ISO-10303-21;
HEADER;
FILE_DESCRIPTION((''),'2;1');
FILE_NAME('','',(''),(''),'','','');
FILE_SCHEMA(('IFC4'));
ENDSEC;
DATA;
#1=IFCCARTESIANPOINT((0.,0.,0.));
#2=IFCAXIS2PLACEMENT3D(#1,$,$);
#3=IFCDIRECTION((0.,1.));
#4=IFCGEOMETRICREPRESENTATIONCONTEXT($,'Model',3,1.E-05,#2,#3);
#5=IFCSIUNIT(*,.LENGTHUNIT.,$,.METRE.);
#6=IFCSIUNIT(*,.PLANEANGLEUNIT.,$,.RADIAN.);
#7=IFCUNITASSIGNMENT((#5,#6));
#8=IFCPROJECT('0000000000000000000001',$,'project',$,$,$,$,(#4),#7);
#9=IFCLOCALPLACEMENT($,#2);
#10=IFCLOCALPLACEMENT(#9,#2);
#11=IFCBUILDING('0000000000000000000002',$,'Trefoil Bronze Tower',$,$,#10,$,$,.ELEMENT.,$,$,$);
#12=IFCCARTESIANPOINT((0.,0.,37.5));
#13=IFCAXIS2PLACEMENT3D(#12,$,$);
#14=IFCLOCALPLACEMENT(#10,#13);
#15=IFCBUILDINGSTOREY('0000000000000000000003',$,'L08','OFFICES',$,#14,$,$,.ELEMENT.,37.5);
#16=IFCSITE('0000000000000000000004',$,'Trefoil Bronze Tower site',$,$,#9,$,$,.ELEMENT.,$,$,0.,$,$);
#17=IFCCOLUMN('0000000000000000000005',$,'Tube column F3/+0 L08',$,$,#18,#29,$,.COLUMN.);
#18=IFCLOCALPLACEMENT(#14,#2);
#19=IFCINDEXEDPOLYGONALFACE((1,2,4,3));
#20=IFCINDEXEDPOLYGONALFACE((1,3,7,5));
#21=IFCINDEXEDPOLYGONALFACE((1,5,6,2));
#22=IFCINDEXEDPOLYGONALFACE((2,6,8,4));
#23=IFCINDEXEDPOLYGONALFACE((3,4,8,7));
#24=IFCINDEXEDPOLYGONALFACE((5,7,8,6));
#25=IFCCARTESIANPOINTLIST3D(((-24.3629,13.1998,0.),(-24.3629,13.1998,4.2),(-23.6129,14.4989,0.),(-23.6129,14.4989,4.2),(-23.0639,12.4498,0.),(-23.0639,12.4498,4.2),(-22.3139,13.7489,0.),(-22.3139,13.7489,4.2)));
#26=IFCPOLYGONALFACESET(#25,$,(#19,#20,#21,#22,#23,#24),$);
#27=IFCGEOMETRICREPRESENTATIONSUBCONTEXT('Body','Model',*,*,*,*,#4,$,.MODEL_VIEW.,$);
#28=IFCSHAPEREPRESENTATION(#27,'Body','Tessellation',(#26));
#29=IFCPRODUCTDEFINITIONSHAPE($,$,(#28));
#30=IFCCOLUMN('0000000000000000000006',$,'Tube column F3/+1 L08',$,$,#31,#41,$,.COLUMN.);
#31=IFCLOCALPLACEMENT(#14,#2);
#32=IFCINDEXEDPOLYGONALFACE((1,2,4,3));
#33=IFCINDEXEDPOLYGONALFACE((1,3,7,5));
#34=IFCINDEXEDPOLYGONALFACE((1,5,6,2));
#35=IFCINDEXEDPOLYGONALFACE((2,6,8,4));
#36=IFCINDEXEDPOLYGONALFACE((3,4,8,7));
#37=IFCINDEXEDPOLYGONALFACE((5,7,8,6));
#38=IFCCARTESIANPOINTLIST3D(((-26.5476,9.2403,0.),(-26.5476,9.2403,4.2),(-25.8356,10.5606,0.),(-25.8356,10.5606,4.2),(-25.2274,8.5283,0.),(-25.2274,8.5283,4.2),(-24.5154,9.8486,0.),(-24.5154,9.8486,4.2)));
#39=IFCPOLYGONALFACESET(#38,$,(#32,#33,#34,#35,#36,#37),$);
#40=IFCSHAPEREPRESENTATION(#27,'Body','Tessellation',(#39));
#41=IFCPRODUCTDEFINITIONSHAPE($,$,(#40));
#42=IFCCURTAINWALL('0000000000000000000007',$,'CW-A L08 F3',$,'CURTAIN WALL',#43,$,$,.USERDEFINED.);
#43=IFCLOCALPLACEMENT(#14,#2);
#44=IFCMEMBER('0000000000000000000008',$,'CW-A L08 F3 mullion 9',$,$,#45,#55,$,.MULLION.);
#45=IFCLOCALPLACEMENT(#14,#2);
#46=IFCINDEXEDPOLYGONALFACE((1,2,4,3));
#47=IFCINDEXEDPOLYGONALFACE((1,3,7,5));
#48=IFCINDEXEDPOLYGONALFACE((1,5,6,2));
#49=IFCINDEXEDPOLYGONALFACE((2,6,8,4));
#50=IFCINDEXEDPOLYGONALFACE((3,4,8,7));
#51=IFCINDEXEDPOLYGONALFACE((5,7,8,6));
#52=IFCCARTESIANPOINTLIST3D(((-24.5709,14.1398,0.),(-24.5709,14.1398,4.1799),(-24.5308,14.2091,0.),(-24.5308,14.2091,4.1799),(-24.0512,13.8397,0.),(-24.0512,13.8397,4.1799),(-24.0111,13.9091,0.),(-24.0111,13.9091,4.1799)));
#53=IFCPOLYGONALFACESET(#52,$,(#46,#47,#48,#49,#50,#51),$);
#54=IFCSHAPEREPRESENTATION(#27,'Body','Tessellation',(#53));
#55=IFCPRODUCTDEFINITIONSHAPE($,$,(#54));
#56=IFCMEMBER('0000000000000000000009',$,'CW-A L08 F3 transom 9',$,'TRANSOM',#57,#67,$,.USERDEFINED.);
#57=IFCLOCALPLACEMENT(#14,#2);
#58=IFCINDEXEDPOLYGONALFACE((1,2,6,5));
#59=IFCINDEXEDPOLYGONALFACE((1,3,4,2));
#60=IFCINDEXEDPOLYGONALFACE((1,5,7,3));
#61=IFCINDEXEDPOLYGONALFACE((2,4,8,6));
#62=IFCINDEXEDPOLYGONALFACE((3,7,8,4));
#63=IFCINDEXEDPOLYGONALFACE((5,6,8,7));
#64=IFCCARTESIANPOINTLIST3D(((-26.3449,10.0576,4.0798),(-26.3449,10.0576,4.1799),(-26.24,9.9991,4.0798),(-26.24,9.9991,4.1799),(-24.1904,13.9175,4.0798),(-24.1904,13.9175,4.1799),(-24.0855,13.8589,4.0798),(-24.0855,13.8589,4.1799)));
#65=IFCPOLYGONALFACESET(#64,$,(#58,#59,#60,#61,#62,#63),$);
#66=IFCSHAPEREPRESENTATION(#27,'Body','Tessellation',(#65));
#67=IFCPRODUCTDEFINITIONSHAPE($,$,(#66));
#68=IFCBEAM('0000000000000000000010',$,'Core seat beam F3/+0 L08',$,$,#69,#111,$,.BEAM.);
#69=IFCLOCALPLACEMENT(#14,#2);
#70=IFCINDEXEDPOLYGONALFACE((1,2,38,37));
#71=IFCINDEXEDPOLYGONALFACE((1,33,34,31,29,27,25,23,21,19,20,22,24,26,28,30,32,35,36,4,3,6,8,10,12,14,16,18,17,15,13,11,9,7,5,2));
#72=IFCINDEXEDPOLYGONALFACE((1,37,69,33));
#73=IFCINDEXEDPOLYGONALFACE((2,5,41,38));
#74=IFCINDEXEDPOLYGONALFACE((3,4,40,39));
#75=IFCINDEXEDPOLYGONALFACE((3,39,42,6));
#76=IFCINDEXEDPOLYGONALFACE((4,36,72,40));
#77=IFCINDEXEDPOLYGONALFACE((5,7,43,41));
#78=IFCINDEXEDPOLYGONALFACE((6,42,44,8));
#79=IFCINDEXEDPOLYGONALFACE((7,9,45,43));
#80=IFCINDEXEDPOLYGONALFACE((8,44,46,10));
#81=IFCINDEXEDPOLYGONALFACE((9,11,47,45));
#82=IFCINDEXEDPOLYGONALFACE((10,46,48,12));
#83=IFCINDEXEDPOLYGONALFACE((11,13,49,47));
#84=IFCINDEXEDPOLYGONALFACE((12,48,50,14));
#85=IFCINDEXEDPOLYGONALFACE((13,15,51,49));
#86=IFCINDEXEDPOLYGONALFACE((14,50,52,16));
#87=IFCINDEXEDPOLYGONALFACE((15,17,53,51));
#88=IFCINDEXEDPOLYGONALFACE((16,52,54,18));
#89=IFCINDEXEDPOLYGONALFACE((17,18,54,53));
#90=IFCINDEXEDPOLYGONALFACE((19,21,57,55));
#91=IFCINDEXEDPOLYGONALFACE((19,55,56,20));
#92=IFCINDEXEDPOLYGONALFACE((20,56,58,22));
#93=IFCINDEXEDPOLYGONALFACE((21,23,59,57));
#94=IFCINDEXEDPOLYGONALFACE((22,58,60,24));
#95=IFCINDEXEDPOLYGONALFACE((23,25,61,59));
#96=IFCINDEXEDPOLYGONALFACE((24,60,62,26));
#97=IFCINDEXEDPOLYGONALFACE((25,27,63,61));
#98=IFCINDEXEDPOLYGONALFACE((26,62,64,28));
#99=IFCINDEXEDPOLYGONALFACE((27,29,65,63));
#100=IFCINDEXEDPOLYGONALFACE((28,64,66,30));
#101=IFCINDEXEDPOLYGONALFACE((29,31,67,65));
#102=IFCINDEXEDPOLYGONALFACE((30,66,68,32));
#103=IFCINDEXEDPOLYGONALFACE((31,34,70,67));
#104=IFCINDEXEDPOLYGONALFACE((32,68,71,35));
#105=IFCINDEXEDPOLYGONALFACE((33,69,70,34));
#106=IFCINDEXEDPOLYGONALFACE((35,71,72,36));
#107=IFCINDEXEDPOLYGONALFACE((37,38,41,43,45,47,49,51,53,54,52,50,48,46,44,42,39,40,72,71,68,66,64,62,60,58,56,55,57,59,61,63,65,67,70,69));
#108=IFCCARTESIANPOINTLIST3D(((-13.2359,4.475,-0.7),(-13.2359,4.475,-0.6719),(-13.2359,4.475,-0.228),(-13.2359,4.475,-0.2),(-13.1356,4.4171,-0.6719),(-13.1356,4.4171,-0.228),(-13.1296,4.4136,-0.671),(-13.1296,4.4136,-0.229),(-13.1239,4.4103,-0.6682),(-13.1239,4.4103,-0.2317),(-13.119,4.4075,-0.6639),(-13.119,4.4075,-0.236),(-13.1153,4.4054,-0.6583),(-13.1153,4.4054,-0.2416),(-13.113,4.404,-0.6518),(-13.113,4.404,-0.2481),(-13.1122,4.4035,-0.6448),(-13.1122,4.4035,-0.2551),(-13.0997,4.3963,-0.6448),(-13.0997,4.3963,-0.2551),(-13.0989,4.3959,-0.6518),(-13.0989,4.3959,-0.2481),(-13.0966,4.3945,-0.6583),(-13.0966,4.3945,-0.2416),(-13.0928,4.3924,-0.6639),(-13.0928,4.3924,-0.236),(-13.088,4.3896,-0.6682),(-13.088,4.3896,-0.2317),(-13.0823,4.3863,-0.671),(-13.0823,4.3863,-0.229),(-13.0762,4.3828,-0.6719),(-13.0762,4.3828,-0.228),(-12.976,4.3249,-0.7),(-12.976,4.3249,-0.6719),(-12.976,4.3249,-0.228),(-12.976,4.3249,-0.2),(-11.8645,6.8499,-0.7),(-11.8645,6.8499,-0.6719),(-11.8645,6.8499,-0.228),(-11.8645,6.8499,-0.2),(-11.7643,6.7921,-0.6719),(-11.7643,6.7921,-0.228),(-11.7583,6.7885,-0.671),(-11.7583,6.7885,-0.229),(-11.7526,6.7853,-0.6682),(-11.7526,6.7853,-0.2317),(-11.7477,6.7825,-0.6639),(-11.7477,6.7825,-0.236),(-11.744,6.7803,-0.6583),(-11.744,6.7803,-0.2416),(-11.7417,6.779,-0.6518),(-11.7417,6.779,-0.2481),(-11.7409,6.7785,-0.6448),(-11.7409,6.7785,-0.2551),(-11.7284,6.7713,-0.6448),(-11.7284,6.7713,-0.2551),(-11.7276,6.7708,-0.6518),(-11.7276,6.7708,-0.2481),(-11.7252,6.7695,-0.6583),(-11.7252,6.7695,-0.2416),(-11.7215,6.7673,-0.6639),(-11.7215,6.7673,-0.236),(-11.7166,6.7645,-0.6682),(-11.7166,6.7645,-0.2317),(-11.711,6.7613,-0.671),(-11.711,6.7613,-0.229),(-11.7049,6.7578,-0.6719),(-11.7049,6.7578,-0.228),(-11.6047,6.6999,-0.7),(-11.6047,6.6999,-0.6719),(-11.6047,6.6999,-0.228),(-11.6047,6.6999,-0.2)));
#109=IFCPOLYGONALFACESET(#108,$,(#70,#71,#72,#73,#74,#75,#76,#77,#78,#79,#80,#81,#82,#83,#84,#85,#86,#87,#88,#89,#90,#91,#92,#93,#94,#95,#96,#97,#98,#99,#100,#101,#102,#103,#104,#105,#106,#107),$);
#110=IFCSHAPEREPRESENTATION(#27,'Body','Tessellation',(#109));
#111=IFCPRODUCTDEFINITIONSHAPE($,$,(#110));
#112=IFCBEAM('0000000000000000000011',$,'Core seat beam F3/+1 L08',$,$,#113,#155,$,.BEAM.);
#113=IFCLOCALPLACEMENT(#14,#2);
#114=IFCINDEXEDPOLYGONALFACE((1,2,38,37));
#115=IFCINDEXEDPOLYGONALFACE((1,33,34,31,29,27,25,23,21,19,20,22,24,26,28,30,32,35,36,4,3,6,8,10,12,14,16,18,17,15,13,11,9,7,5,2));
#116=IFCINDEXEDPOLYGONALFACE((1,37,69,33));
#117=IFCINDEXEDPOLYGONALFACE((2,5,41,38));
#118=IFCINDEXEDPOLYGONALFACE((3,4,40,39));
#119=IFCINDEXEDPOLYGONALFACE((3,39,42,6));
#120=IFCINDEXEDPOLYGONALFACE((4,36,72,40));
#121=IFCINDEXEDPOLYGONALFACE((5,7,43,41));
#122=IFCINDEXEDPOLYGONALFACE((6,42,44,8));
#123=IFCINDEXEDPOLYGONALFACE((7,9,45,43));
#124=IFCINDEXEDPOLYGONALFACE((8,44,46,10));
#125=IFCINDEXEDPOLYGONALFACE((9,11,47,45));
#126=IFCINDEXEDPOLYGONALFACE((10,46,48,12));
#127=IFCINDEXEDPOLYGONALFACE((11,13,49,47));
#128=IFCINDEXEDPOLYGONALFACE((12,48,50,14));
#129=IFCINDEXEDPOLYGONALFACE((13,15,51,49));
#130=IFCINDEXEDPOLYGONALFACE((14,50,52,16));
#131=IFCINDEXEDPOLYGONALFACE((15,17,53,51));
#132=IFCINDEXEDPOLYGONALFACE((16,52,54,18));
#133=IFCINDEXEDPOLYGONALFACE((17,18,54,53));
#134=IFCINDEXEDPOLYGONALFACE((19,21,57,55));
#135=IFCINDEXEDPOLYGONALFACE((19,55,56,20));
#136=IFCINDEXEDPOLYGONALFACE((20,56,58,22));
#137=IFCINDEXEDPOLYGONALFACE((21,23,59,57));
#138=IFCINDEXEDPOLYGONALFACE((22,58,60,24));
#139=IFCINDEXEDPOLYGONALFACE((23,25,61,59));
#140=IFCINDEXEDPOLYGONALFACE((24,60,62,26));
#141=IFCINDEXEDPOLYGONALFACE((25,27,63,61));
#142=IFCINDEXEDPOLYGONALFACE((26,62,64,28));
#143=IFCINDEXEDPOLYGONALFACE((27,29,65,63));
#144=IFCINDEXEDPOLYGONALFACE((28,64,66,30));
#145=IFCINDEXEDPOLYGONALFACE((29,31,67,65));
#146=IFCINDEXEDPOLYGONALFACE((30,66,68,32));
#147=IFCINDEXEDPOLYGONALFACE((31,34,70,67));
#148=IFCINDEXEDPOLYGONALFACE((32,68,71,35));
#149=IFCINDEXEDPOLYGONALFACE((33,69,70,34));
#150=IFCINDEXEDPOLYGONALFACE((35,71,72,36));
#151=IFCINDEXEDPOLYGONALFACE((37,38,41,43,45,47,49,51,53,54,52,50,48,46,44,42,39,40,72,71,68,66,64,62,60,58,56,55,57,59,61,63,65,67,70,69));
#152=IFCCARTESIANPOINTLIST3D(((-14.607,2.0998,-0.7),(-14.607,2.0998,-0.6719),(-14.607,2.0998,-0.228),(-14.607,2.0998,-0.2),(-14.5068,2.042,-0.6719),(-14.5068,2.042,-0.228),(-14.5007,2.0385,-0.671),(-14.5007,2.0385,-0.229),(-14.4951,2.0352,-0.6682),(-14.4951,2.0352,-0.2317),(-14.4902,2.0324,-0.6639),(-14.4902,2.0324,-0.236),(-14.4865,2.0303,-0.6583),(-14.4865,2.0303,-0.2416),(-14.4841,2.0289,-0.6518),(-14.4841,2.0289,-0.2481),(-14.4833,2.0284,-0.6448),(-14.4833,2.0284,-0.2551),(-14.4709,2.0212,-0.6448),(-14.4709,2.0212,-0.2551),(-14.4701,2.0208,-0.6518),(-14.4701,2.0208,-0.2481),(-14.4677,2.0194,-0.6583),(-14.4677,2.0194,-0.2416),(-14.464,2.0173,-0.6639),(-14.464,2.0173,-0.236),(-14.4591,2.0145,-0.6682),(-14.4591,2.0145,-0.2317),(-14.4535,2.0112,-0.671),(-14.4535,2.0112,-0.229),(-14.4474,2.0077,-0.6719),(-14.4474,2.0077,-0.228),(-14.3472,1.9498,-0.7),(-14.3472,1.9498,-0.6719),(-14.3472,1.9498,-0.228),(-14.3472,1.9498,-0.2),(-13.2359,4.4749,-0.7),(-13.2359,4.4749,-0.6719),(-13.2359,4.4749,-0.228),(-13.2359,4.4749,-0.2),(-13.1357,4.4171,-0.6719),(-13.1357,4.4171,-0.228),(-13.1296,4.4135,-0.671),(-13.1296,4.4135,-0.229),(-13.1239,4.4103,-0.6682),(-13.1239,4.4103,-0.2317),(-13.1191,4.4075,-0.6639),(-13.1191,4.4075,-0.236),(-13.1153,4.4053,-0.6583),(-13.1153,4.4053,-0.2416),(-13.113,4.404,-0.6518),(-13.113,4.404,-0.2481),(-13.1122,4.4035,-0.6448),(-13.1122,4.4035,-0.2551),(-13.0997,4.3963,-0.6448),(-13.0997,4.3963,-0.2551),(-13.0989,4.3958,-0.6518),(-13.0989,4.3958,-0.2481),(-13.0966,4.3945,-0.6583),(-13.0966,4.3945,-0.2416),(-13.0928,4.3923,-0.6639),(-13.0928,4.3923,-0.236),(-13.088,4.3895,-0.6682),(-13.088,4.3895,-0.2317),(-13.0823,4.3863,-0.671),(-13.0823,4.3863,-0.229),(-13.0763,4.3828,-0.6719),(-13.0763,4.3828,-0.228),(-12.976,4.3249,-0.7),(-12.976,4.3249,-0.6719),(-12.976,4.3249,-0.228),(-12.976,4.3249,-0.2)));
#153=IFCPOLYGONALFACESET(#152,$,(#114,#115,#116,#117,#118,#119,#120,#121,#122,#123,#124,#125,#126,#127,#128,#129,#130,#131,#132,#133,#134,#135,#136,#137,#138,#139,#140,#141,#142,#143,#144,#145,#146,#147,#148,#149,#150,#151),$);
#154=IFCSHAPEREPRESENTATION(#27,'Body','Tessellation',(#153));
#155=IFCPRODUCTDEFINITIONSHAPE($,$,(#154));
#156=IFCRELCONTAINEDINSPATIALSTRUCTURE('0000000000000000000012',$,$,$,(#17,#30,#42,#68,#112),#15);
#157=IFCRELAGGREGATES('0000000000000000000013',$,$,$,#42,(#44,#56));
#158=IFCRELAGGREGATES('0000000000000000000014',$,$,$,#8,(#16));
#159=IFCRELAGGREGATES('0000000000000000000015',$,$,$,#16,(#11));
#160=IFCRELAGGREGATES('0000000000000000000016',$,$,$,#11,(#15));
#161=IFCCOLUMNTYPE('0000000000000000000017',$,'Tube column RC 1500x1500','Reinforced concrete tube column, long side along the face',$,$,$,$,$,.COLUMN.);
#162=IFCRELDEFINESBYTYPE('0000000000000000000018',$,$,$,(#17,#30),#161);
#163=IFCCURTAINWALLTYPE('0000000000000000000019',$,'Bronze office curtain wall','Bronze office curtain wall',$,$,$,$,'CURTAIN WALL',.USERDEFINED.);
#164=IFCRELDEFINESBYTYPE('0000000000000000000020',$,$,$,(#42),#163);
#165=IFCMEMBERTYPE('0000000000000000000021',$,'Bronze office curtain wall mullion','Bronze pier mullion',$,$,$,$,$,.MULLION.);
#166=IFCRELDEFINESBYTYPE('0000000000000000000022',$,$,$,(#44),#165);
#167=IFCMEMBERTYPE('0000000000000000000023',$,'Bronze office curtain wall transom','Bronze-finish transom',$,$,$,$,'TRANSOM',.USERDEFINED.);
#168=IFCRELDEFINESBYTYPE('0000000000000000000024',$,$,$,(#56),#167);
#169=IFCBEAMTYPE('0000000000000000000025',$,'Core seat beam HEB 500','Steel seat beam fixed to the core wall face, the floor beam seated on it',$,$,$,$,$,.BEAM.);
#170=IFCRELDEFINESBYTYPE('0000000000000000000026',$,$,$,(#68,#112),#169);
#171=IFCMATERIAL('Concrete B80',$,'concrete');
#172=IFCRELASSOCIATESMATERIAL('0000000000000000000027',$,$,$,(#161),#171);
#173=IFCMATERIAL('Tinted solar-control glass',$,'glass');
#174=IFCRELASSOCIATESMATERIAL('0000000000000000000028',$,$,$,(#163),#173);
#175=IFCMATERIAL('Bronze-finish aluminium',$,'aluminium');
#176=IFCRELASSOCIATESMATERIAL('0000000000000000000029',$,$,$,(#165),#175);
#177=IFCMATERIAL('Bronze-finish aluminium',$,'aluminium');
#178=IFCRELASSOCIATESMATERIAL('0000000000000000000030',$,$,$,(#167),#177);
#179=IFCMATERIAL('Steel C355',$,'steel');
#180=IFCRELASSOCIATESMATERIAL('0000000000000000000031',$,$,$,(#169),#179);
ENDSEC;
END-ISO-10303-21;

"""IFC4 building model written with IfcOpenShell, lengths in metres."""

from ifc_helpers import new_model, si_unit, direction, frame, origin, origin_2d, place, context, subcontext, project, spatial, rectangle, i_section, extrude, material, material_profile, profile_set, type_object, element, aggregate, save


model = new_model("IFC4")

# Units and contexts
model_context = context("Model", 3, precision=1e-05, world=origin(), true_north=direction((0.0, 1.0)))
body_context = subcontext(model_context, "Body", "Model", "MODEL_VIEW")
ifc_project = project(units=[si_unit("LENGTHUNIT", "METRE"), si_unit("PLANEANGLEUNIT", "RADIAN")], contexts=[model_context])

# Site, building, storey
site_placement = place(None, origin())
site = spatial("IfcSite", under=ifc_project, at=site_placement, Name="Trefoil Bronze Tower site", CompositionType="ELEMENT", RefElevation=0.0)
building_placement = place(site_placement, origin())
building = spatial("IfcBuilding", under=site, at=building_placement, Name="Trefoil Bronze Tower", CompositionType="ELEMENT")
storey_placement = place(building_placement, frame((0.0, 0.0, 37.5)))
storey = spatial("IfcBuildingStorey", under=building, at=storey_placement, Name="L08", Description="OFFICES", CompositionType="ELEMENT", Elevation=37.5)

# Columns
ifc_material_1 = material(Name="Concrete B80", Category="concrete")
ifc_material_profile_1 = material_profile(ifc_material_1, rectangle(XDim=1.5, YDim=1.5, at=origin_2d()), Name="RC 1500x1500")
ifc_profile_set_1 = profile_set([ifc_material_profile_1], Name="Concrete B80")
column_type = type_object("IfcColumnType", Name="Tube column RC 1500x1500", Description="Reinforced concrete tube column, long side along the face", PredefinedType="COLUMN", material=ifc_profile_set_1)
for number, where, z_axis, x_axis, name in (
    (1, (-23.3384, 13.4744, 0.0), (0.0, 0.0, 1.0), (-0.5, -0.866025, 0.0), "Tube column F3/+0 L08"),
    (2, (-25.5315, 9.5444, 0.0), (0.0, 0.0, 1.0), (-0.474656, -0.880171, 0.0), "Tube column F3/+1 L08"),
):
    element("IfcColumn", number, at=place(storey_placement, frame(where, z_axis=z_axis, x_axis=x_axis)), inside=storey, type_object=column_type, Name=name, PredefinedType="COLUMN", context=body_context, shape_type="SweptSolid", body=[
        extrude(rectangle(XDim=1.5, YDim=1.5, at=origin_2d()), origin(), (0.0, 0.0, 1.0), 4.2),
    ])

# Curtain wall, members
ifc_material_2 = material(Name="Tinted solar-control glass", Category="glass")
curtain_wall_type = type_object("IfcCurtainWallType", Name="Bronze office curtain wall", Description="Bronze office curtain wall", ElementType="CURTAIN WALL", PredefinedType="USERDEFINED", material=ifc_material_2)
curtain_wall_placement = place(storey_placement, origin())
curtain_wall = element("IfcCurtainWall", 3, at=curtain_wall_placement, inside=storey, type_object=curtain_wall_type, Name="CW-A L08 F3", ObjectType="CURTAIN WALL", PredefinedType="USERDEFINED")
ifc_material_3 = material(Name="Bronze-finish aluminium", Category="aluminium")
ifc_material_profile_2 = material_profile(ifc_material_3, rectangle(XDim=0.6001, YDim=0.0801, at=origin_2d()), Name="CW-A mullion")
ifc_profile_set_2 = profile_set([ifc_material_profile_2], Name="Bronze-finish aluminium")
member_type_1 = type_object("IfcMemberType", Name="Bronze office curtain wall mullion", Description="Bronze pier mullion", PredefinedType="MULLION", material=ifc_profile_set_2)
member_1_placement = place(storey_placement, frame((-24.291, 14.0244, 0.0), z_axis=(0.0, 0.0, 1.0), x_axis=(0.866025, -0.5, 0.0)))
member_1 = element("IfcMember", 4, at=member_1_placement, type_object=member_type_1, Name="CW-A L08 F3 mullion 9", PredefinedType="MULLION", context=body_context, shape_type="SweptSolid", body=[
    extrude(rectangle(XDim=0.6001, YDim=0.0801, at=origin_2d()), origin(), (0.0, 0.0, 1.0), 4.1799),
])
ifc_material_4 = material(Name="Bronze-finish aluminium", Category="aluminium")
ifc_material_profile_3 = material_profile(ifc_material_4, rectangle(XDim=0.1201, YDim=0.1001, at=origin_2d()), Name="CW-A transom")
ifc_profile_set_3 = profile_set([ifc_material_profile_3], Name="Bronze-finish aluminium")
member_type_2 = type_object("IfcMemberType", Name="Bronze office curtain wall transom", Description="Bronze-finish transom", ElementType="TRANSOM", PredefinedType="USERDEFINED", material=ifc_profile_set_3)
member_2_placement = place(storey_placement, frame((-24.1379, 13.8882, 4.1299), z_axis=(-0.4874, -0.873179, 0.0), x_axis=(0.873179, -0.4874, 0.0)))
member_2 = element("IfcMember", 5, at=member_2_placement, type_object=member_type_2, Name="CW-A L08 F3 transom 9", ObjectType="TRANSOM", PredefinedType="USERDEFINED", context=body_context, shape_type="SweptSolid", body=[
    extrude(rectangle(XDim=0.1201, YDim=0.1001, at=origin_2d()), origin(), (0.0, 0.0, 1.0), 4.4204),
])

# Beams
ifc_material_5 = material(Name="Steel C355", Category="steel")
ifc_material_profile_4 = material_profile(ifc_material_5, i_section(OverallWidth=0.3, OverallDepth=0.5, WebThickness=0.0144, FlangeThickness=0.0281, FilletRadius=0.0271, at=origin_2d()), Name="HEB 500")
ifc_profile_set_4 = profile_set([ifc_material_profile_4], Name="Steel C355")
beam_type_1 = type_object("IfcBeamType", Name="Core seat beam HEB 500", Description="Steel seat beam fixed to the core wall face, the floor beam seated on it", PredefinedType="BEAM", material=ifc_profile_set_4)
for number, where, z_axis, x_axis, name in (
    (6, (-11.7346, 6.7749, -0.45), (-0.500036, -0.866005, 0.0), (0.866005, -0.500036, 0.0), "Core seat beam F3/+0 L08"),
    (7, (-13.106, 4.3999, -0.45), (-0.499969, -0.866043, 0.0), (0.866043, -0.499969, 0.0), "Core seat beam F3/+1 L08"),
):
    element("IfcBeam", number, at=place(storey_placement, frame(where, z_axis=z_axis, x_axis=x_axis)), inside=storey, type_object=beam_type_1, Name=name, PredefinedType="BEAM", context=body_context, shape_type="SweptSolid", body=[
        extrude(i_section(OverallWidth=0.3, OverallDepth=0.5, WebThickness=0.0144, FlangeThickness=0.0281, FilletRadius=0.0271, at=origin_2d()), origin(), (0.0, 0.0, 1.0), 2.7424),
    ])

aggregate(curtain_wall, [member_1, member_2])

save(model, "model.ifc")
